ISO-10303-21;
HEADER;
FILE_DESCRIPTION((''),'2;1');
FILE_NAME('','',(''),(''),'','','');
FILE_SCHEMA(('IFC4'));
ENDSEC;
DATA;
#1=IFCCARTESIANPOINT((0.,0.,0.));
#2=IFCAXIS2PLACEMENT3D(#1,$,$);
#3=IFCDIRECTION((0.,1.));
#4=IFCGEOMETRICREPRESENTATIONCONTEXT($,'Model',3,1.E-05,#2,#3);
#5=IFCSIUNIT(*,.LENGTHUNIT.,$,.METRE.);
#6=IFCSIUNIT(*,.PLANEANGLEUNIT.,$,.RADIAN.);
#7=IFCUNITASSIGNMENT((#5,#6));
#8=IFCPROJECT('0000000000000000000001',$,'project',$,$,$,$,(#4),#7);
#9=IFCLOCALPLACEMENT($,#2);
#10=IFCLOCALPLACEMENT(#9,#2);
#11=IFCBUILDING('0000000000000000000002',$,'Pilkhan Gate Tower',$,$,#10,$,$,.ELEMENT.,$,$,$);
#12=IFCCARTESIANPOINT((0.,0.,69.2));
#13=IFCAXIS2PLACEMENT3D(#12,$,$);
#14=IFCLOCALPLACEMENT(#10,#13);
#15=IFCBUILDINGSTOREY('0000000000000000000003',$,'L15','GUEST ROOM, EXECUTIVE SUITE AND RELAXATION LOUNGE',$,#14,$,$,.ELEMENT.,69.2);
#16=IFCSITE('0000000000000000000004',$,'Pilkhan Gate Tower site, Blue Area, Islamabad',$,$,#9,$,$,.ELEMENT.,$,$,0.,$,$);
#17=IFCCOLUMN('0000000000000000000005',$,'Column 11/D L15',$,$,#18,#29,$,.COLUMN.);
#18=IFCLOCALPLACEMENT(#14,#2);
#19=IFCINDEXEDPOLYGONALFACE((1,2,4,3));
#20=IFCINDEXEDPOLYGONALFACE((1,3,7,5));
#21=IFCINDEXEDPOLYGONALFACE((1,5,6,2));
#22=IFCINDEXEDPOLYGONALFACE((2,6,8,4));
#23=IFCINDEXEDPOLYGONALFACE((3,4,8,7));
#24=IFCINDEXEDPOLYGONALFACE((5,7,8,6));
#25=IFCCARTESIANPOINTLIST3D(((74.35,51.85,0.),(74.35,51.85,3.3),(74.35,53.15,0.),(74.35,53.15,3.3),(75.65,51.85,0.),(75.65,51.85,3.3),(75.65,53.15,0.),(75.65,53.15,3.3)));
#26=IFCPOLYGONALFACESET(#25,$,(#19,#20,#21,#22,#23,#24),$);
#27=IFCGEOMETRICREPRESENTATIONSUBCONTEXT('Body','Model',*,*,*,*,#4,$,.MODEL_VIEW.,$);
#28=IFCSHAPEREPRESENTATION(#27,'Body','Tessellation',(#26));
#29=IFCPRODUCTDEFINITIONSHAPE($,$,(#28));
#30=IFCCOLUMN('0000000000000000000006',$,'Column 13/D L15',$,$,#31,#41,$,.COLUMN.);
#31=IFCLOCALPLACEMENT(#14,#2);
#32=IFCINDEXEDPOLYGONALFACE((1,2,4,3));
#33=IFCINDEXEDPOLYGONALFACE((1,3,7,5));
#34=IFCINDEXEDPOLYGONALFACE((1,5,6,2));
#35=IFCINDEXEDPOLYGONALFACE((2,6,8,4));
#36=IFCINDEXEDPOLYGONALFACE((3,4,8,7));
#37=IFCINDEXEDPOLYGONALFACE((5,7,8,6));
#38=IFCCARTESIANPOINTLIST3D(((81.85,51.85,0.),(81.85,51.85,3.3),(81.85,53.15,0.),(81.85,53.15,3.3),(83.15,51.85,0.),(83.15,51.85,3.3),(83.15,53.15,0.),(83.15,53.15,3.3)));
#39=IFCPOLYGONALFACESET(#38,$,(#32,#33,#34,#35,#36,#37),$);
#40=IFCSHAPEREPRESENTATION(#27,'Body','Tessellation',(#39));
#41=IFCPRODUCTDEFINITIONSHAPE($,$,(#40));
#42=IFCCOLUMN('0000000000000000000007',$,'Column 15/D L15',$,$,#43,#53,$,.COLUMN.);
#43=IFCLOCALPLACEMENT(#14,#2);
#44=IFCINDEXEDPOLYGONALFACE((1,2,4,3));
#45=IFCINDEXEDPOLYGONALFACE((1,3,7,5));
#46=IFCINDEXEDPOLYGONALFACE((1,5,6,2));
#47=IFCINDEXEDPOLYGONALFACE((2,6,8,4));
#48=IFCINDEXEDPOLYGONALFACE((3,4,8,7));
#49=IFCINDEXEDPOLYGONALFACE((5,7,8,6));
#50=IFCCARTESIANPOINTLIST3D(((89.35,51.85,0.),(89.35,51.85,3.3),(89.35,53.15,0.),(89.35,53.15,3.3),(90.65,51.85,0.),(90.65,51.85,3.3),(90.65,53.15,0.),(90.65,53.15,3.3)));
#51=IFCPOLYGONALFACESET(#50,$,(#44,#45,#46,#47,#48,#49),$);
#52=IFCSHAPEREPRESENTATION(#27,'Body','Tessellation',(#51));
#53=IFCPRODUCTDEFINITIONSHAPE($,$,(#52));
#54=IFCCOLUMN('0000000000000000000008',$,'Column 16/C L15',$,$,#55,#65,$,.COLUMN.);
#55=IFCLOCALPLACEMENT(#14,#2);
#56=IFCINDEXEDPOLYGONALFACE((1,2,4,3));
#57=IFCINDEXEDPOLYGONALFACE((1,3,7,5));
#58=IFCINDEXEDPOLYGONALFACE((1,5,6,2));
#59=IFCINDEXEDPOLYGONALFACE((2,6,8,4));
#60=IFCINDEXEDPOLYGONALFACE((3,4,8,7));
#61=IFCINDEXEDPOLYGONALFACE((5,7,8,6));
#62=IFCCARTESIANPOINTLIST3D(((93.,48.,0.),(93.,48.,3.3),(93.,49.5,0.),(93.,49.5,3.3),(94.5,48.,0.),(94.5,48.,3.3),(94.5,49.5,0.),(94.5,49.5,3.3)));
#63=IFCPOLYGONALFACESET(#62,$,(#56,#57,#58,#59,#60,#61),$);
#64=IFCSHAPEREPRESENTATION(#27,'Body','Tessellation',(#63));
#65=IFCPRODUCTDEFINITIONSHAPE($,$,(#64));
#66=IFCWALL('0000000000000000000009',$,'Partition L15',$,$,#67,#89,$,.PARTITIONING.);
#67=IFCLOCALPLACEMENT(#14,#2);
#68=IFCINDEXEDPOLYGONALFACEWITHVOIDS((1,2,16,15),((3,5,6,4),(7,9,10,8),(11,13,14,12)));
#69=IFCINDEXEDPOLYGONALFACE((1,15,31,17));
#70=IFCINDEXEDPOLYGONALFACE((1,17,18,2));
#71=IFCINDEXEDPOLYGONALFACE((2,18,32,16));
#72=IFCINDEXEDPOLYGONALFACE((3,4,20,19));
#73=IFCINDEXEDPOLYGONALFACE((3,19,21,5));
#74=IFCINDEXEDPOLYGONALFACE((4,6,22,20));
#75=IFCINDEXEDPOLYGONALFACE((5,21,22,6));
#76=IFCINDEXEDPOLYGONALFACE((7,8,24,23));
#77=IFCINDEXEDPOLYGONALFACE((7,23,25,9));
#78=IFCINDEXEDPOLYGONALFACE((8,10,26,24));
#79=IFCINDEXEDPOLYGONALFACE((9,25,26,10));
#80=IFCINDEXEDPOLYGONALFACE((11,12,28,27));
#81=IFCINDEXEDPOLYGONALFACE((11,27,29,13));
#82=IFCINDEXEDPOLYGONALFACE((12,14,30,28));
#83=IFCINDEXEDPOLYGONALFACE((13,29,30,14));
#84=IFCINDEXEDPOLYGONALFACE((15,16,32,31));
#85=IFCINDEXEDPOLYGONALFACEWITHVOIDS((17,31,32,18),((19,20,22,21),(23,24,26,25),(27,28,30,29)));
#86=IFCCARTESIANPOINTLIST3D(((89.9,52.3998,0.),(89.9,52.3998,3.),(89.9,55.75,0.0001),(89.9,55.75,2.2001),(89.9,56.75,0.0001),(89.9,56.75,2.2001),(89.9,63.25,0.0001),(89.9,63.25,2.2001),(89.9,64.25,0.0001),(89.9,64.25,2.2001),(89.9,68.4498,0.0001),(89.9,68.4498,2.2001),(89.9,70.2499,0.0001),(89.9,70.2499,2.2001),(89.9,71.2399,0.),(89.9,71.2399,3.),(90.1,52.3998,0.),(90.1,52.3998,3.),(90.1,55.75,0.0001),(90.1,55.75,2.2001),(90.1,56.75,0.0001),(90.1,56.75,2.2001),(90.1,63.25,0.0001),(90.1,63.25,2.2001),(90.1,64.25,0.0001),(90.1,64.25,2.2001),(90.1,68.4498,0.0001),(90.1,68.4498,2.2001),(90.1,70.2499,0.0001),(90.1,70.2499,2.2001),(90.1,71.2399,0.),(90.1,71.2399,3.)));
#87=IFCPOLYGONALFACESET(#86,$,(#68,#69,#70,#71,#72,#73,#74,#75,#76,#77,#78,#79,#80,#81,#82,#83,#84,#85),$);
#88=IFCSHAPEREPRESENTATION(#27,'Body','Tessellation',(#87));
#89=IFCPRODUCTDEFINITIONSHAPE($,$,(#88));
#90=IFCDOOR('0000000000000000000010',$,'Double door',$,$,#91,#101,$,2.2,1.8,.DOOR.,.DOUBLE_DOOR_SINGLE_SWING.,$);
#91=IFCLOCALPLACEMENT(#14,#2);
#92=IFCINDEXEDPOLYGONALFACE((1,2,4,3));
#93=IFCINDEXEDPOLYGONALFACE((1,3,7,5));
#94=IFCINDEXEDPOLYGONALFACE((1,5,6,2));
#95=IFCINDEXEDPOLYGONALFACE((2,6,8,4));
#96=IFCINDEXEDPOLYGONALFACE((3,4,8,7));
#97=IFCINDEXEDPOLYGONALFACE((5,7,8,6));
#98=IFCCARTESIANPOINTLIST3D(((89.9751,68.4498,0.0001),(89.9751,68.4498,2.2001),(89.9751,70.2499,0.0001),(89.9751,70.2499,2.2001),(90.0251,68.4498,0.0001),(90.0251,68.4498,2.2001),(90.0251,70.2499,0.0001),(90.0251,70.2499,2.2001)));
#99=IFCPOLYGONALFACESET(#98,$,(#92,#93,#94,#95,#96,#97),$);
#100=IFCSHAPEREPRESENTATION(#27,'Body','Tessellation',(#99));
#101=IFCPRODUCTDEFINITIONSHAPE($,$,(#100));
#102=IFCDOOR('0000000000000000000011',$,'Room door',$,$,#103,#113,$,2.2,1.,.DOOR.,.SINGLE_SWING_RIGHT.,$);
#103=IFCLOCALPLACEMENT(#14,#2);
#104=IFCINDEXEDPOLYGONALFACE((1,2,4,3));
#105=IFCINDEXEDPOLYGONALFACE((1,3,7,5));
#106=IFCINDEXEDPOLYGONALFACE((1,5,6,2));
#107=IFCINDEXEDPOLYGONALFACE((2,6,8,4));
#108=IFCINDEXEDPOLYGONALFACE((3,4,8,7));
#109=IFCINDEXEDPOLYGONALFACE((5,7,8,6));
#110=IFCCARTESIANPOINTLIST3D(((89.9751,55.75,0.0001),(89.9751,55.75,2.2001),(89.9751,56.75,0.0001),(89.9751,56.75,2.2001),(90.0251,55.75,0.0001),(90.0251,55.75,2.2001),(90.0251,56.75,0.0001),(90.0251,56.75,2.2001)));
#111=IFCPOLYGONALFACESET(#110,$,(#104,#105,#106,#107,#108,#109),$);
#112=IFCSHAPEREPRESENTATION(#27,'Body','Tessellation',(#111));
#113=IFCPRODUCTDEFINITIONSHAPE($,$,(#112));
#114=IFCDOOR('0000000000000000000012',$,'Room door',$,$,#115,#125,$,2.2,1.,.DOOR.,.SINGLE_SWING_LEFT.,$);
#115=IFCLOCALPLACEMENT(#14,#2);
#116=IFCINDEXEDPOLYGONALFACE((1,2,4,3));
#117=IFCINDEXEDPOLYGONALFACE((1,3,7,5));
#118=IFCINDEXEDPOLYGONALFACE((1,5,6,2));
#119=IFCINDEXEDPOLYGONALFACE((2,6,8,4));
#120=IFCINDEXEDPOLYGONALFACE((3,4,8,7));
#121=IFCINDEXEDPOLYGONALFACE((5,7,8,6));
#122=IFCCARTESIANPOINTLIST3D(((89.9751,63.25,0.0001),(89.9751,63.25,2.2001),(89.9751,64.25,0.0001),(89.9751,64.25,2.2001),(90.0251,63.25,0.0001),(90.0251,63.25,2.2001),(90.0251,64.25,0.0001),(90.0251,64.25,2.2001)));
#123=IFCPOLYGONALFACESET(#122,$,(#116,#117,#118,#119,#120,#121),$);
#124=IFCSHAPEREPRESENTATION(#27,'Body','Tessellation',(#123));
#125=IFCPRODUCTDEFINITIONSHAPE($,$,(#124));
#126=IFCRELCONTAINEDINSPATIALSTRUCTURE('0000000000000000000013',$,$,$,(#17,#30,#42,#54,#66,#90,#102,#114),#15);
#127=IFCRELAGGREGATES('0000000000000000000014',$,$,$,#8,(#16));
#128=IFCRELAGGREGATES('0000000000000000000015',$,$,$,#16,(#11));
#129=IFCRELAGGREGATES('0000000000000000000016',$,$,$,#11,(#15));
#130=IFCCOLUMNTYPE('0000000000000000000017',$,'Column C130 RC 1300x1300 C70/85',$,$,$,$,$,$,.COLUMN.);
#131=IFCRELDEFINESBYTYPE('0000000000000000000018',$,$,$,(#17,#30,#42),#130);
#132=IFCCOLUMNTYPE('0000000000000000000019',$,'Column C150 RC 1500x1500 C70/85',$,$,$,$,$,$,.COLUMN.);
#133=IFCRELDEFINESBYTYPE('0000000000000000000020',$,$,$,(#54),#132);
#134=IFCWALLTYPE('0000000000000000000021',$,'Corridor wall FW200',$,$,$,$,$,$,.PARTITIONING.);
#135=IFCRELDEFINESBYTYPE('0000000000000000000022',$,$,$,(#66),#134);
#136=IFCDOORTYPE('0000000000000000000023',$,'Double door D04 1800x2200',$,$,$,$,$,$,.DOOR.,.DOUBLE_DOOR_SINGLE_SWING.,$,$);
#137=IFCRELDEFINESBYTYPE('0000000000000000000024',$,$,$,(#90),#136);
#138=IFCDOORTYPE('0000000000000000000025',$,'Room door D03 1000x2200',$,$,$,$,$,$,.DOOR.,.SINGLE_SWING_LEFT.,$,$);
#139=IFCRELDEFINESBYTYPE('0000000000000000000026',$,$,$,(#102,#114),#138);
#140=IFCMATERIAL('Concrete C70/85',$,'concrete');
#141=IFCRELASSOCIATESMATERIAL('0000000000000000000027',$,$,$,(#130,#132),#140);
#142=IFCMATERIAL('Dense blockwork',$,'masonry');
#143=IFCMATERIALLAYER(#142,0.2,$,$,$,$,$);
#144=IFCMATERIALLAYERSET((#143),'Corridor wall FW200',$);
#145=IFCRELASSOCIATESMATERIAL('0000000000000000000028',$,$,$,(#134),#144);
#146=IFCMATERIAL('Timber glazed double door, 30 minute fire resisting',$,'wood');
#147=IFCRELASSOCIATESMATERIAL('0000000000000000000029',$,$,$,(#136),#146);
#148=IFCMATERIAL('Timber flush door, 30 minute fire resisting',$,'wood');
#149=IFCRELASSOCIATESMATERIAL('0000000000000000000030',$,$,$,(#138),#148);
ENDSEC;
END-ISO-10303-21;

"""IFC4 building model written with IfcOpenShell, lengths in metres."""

from ifc_helpers import new_model, si_unit, direction, frame, frame_2d, origin, origin_2d, place, context, subcontext, project, spatial, rectangle, extrude, material, layer, layer_set, material_profile, profile_set, type_object, element, fill, save


model = new_model("IFC4")

# Units and contexts
model_context = context("Model", 3, precision=1e-05, world=origin(), true_north=direction((0.0, 1.0)))
body_context = subcontext(model_context, "Body", "Model", "MODEL_VIEW")
ifc_project = project(units=[si_unit("LENGTHUNIT", "METRE"), si_unit("PLANEANGLEUNIT", "RADIAN")], contexts=[model_context])

# Site, building, storey
site_placement = place(None, origin())
site = spatial("IfcSite", under=ifc_project, at=site_placement, Name="Pilkhan Gate Tower site, Blue Area, Islamabad", CompositionType="ELEMENT", RefElevation=0.0)
building_placement = place(site_placement, origin())
building = spatial("IfcBuilding", under=site, at=building_placement, Name="Pilkhan Gate Tower", CompositionType="ELEMENT")
storey_placement = place(building_placement, frame((0.0, 0.0, 69.2)))
storey = spatial("IfcBuildingStorey", under=building, at=storey_placement, Name="L15", Description="GUEST ROOM, EXECUTIVE SUITE AND RELAXATION LOUNGE", CompositionType="ELEMENT", Elevation=69.2)

# Columns
ifc_material_1 = material(Name="Concrete C70/85", Category="concrete")
ifc_material_profile_1 = material_profile(ifc_material_1, rectangle(XDim=1.3, YDim=1.3, at=origin_2d()), Name="RC 1300x1300")
ifc_profile_set_1 = profile_set([ifc_material_profile_1], Name="Concrete C70/85")
column_type_1 = type_object("IfcColumnType", Name="Column C130 RC 1300x1300 C70/85", PredefinedType="COLUMN", material=ifc_profile_set_1)
for number, where, z_axis, x_axis, name in (
    (1, (75.0, 52.5, 0.0), (0.0, 0.0, 1.0), (1.0, 0.0, 0.0), "Column 11/D L15"),
    (2, (82.5, 52.5, 0.0), (0.0, 0.0, 1.0), (1.0, 0.0, 0.0), "Column 13/D L15"),
    (3, (90.0, 52.5, 0.0), (0.0, 0.0, 1.0), (1.0, 0.0, 0.0), "Column 15/D L15"),
):
    element("IfcColumn", number, at=place(storey_placement, frame(where, z_axis=z_axis, x_axis=x_axis)), inside=storey, type_object=column_type_1, Name=name, PredefinedType="COLUMN", context=body_context, shape_type="SweptSolid", body=[
        extrude(rectangle(XDim=1.3, YDim=1.3, at=origin_2d()), origin(), (0.0, 0.0, 1.0), 3.3),
    ])
ifc_material_profile_2 = material_profile(ifc_material_1, rectangle(XDim=1.5, YDim=1.5, at=origin_2d()), Name="RC 1500x1500")
ifc_profile_set_2 = profile_set([ifc_material_profile_2], Name="Concrete C70/85")
column_type_2 = type_object("IfcColumnType", Name="Column C150 RC 1500x1500 C70/85", PredefinedType="COLUMN", material=ifc_profile_set_2)
column_placement = place(storey_placement, frame((93.75, 48.75, 0.0), z_axis=(0.0, 0.0, 1.0), x_axis=(1.0, 0.0, 0.0)))
element("IfcColumn", 4, at=column_placement, inside=storey, type_object=column_type_2, Name="Column 16/C L15", PredefinedType="COLUMN", context=body_context, shape_type="SweptSolid", body=[
    extrude(rectangle(XDim=1.5, YDim=1.5, at=origin_2d()), origin(), (0.0, 0.0, 1.0), 3.3),
])

# Wall, openings, doors
ifc_material_2 = material(Name="Dense blockwork", Category="masonry")
ifc_layer_1 = layer(ifc_material_2, 0.2)
ifc_layer_set_1 = layer_set([ifc_layer_1], Name="Corridor wall FW200")
wall_type_1 = type_object("IfcWallType", Name="Corridor wall FW200", PredefinedType="PARTITIONING", material=ifc_layer_set_1)
wall_1_placement = place(storey_placement, frame((90.0, 52.3999, 0.0), z_axis=(0.0, 0.0, 1.0), x_axis=(0.0, 1.0, 0.0)))
wall_1 = element("IfcWall", 5, at=wall_1_placement, inside=storey, type_object=wall_type_1, Name="Partition L15", PredefinedType="PARTITIONING", context=body_context, shape_type="SweptSolid", body=[
    extrude(rectangle(XDim=18.8401, YDim=0.2, at=frame_2d((9.4199, 0.0))), origin(), (0.0, 0.0, 1.0), 3.0),
])
opening_1_placement = place(wall_1_placement, frame((3.3501, 0.0, 0.0)))
opening_1 = element("IfcOpeningElement", 6, at=opening_1_placement, cuts=wall_1, PredefinedType="OPENING", context=body_context, shape_type="SweptSolid", body=[
    extrude(rectangle(XDim=1.0, YDim=2.2, at=frame_2d((0.5, 1.1001))), frame((0.0, 0.1099, 0.0), z_axis=(0.0, -1.0, 0.0), x_axis=(1.0, 0.0, 0.0)), (0.0, 0.0, 1.0), 0.22),
])
opening_2_placement = place(wall_1_placement, frame((10.8501, 0.0, 0.0)))
opening_2 = element("IfcOpeningElement", 7, at=opening_2_placement, cuts=wall_1, PredefinedType="OPENING", context=body_context, shape_type="SweptSolid", body=[
    extrude(rectangle(XDim=1.0, YDim=2.2, at=frame_2d((0.5, 1.1001))), frame((0.0, 0.1099, 0.0), z_axis=(0.0, -1.0, 0.0), x_axis=(1.0, 0.0, 0.0)), (0.0, 0.0, 1.0), 0.22),
])
opening_3_placement = place(wall_1_placement, frame((16.05, 0.0, 0.0)))
opening_3 = element("IfcOpeningElement", 8, at=opening_3_placement, cuts=wall_1, PredefinedType="OPENING", context=body_context, shape_type="SweptSolid", body=[
    extrude(rectangle(XDim=1.8, YDim=2.2, at=frame_2d((0.8999, 1.1001))), frame((0.0, 0.1099, 0.0), z_axis=(0.0, -1.0, 0.0), x_axis=(1.0, 0.0, 0.0)), (0.0, 0.0, 1.0), 0.22),
])
ifc_material_3 = material(Name="Timber glazed double door, 30 minute fire resisting", Category="wood")
door_type_1 = type_object("IfcDoorType", Name="Double door D04 1800x2200", OperationType="DOUBLE_DOOR_SINGLE_SWING", PredefinedType="DOOR", material=ifc_material_3)
door_1_placement = place(opening_3_placement, origin())
door_1 = element("IfcDoor", 9, at=door_1_placement, inside=storey, type_object=door_type_1, Name="Double door", OperationType="DOUBLE_DOOR_SINGLE_SWING", OverallHeight=2.2, OverallWidth=1.8, PredefinedType="DOOR", context=body_context, shape_type="SweptSolid", body=[
    extrude(rectangle(XDim=1.8, YDim=2.2, at=frame_2d((0.8999, 1.1001))), frame((0.0, 0.0249, 0.0), z_axis=(0.0, -1.0, 0.0), x_axis=(1.0, 0.0, 0.0)), (0.0, 0.0, 1.0), 0.05),
])
fill(opening_3, door_1)
ifc_material_4 = material(Name="Timber flush door, 30 minute fire resisting", Category="wood")
door_type_2 = type_object("IfcDoorType", Name="Room door D03 1000x2200", OperationType="SINGLE_SWING_LEFT", PredefinedType="DOOR", material=ifc_material_4)
door_2_placement = place(opening_1_placement, origin())
door_2 = element("IfcDoor", 10, at=door_2_placement, inside=storey, type_object=door_type_2, Name="Room door", OperationType="SINGLE_SWING_RIGHT", OverallHeight=2.2, OverallWidth=1.0, PredefinedType="DOOR", context=body_context, shape_type="SweptSolid", body=[
    extrude(rectangle(XDim=1.0, YDim=2.2, at=frame_2d((0.5, 1.1001))), frame((0.0, 0.0249, 0.0), z_axis=(0.0, -1.0, 0.0), x_axis=(1.0, 0.0, 0.0)), (0.0, 0.0, 1.0), 0.05),
])
fill(opening_1, door_2)
door_3_placement = place(opening_2_placement, origin())
door_3 = element("IfcDoor", 11, at=door_3_placement, inside=storey, type_object=door_type_2, Name="Room door", OperationType="SINGLE_SWING_LEFT", OverallHeight=2.2, OverallWidth=1.0, PredefinedType="DOOR", context=body_context, shape_type="SweptSolid", body=[
    extrude(rectangle(XDim=1.0, YDim=2.2, at=frame_2d((0.5, 1.1001))), frame((0.0, 0.0249, 0.0), z_axis=(0.0, -1.0, 0.0), x_axis=(1.0, 0.0, 0.0)), (0.0, 0.0, 1.0), 0.05),
])
fill(opening_2, door_3)

save(model, "model.ifc")
